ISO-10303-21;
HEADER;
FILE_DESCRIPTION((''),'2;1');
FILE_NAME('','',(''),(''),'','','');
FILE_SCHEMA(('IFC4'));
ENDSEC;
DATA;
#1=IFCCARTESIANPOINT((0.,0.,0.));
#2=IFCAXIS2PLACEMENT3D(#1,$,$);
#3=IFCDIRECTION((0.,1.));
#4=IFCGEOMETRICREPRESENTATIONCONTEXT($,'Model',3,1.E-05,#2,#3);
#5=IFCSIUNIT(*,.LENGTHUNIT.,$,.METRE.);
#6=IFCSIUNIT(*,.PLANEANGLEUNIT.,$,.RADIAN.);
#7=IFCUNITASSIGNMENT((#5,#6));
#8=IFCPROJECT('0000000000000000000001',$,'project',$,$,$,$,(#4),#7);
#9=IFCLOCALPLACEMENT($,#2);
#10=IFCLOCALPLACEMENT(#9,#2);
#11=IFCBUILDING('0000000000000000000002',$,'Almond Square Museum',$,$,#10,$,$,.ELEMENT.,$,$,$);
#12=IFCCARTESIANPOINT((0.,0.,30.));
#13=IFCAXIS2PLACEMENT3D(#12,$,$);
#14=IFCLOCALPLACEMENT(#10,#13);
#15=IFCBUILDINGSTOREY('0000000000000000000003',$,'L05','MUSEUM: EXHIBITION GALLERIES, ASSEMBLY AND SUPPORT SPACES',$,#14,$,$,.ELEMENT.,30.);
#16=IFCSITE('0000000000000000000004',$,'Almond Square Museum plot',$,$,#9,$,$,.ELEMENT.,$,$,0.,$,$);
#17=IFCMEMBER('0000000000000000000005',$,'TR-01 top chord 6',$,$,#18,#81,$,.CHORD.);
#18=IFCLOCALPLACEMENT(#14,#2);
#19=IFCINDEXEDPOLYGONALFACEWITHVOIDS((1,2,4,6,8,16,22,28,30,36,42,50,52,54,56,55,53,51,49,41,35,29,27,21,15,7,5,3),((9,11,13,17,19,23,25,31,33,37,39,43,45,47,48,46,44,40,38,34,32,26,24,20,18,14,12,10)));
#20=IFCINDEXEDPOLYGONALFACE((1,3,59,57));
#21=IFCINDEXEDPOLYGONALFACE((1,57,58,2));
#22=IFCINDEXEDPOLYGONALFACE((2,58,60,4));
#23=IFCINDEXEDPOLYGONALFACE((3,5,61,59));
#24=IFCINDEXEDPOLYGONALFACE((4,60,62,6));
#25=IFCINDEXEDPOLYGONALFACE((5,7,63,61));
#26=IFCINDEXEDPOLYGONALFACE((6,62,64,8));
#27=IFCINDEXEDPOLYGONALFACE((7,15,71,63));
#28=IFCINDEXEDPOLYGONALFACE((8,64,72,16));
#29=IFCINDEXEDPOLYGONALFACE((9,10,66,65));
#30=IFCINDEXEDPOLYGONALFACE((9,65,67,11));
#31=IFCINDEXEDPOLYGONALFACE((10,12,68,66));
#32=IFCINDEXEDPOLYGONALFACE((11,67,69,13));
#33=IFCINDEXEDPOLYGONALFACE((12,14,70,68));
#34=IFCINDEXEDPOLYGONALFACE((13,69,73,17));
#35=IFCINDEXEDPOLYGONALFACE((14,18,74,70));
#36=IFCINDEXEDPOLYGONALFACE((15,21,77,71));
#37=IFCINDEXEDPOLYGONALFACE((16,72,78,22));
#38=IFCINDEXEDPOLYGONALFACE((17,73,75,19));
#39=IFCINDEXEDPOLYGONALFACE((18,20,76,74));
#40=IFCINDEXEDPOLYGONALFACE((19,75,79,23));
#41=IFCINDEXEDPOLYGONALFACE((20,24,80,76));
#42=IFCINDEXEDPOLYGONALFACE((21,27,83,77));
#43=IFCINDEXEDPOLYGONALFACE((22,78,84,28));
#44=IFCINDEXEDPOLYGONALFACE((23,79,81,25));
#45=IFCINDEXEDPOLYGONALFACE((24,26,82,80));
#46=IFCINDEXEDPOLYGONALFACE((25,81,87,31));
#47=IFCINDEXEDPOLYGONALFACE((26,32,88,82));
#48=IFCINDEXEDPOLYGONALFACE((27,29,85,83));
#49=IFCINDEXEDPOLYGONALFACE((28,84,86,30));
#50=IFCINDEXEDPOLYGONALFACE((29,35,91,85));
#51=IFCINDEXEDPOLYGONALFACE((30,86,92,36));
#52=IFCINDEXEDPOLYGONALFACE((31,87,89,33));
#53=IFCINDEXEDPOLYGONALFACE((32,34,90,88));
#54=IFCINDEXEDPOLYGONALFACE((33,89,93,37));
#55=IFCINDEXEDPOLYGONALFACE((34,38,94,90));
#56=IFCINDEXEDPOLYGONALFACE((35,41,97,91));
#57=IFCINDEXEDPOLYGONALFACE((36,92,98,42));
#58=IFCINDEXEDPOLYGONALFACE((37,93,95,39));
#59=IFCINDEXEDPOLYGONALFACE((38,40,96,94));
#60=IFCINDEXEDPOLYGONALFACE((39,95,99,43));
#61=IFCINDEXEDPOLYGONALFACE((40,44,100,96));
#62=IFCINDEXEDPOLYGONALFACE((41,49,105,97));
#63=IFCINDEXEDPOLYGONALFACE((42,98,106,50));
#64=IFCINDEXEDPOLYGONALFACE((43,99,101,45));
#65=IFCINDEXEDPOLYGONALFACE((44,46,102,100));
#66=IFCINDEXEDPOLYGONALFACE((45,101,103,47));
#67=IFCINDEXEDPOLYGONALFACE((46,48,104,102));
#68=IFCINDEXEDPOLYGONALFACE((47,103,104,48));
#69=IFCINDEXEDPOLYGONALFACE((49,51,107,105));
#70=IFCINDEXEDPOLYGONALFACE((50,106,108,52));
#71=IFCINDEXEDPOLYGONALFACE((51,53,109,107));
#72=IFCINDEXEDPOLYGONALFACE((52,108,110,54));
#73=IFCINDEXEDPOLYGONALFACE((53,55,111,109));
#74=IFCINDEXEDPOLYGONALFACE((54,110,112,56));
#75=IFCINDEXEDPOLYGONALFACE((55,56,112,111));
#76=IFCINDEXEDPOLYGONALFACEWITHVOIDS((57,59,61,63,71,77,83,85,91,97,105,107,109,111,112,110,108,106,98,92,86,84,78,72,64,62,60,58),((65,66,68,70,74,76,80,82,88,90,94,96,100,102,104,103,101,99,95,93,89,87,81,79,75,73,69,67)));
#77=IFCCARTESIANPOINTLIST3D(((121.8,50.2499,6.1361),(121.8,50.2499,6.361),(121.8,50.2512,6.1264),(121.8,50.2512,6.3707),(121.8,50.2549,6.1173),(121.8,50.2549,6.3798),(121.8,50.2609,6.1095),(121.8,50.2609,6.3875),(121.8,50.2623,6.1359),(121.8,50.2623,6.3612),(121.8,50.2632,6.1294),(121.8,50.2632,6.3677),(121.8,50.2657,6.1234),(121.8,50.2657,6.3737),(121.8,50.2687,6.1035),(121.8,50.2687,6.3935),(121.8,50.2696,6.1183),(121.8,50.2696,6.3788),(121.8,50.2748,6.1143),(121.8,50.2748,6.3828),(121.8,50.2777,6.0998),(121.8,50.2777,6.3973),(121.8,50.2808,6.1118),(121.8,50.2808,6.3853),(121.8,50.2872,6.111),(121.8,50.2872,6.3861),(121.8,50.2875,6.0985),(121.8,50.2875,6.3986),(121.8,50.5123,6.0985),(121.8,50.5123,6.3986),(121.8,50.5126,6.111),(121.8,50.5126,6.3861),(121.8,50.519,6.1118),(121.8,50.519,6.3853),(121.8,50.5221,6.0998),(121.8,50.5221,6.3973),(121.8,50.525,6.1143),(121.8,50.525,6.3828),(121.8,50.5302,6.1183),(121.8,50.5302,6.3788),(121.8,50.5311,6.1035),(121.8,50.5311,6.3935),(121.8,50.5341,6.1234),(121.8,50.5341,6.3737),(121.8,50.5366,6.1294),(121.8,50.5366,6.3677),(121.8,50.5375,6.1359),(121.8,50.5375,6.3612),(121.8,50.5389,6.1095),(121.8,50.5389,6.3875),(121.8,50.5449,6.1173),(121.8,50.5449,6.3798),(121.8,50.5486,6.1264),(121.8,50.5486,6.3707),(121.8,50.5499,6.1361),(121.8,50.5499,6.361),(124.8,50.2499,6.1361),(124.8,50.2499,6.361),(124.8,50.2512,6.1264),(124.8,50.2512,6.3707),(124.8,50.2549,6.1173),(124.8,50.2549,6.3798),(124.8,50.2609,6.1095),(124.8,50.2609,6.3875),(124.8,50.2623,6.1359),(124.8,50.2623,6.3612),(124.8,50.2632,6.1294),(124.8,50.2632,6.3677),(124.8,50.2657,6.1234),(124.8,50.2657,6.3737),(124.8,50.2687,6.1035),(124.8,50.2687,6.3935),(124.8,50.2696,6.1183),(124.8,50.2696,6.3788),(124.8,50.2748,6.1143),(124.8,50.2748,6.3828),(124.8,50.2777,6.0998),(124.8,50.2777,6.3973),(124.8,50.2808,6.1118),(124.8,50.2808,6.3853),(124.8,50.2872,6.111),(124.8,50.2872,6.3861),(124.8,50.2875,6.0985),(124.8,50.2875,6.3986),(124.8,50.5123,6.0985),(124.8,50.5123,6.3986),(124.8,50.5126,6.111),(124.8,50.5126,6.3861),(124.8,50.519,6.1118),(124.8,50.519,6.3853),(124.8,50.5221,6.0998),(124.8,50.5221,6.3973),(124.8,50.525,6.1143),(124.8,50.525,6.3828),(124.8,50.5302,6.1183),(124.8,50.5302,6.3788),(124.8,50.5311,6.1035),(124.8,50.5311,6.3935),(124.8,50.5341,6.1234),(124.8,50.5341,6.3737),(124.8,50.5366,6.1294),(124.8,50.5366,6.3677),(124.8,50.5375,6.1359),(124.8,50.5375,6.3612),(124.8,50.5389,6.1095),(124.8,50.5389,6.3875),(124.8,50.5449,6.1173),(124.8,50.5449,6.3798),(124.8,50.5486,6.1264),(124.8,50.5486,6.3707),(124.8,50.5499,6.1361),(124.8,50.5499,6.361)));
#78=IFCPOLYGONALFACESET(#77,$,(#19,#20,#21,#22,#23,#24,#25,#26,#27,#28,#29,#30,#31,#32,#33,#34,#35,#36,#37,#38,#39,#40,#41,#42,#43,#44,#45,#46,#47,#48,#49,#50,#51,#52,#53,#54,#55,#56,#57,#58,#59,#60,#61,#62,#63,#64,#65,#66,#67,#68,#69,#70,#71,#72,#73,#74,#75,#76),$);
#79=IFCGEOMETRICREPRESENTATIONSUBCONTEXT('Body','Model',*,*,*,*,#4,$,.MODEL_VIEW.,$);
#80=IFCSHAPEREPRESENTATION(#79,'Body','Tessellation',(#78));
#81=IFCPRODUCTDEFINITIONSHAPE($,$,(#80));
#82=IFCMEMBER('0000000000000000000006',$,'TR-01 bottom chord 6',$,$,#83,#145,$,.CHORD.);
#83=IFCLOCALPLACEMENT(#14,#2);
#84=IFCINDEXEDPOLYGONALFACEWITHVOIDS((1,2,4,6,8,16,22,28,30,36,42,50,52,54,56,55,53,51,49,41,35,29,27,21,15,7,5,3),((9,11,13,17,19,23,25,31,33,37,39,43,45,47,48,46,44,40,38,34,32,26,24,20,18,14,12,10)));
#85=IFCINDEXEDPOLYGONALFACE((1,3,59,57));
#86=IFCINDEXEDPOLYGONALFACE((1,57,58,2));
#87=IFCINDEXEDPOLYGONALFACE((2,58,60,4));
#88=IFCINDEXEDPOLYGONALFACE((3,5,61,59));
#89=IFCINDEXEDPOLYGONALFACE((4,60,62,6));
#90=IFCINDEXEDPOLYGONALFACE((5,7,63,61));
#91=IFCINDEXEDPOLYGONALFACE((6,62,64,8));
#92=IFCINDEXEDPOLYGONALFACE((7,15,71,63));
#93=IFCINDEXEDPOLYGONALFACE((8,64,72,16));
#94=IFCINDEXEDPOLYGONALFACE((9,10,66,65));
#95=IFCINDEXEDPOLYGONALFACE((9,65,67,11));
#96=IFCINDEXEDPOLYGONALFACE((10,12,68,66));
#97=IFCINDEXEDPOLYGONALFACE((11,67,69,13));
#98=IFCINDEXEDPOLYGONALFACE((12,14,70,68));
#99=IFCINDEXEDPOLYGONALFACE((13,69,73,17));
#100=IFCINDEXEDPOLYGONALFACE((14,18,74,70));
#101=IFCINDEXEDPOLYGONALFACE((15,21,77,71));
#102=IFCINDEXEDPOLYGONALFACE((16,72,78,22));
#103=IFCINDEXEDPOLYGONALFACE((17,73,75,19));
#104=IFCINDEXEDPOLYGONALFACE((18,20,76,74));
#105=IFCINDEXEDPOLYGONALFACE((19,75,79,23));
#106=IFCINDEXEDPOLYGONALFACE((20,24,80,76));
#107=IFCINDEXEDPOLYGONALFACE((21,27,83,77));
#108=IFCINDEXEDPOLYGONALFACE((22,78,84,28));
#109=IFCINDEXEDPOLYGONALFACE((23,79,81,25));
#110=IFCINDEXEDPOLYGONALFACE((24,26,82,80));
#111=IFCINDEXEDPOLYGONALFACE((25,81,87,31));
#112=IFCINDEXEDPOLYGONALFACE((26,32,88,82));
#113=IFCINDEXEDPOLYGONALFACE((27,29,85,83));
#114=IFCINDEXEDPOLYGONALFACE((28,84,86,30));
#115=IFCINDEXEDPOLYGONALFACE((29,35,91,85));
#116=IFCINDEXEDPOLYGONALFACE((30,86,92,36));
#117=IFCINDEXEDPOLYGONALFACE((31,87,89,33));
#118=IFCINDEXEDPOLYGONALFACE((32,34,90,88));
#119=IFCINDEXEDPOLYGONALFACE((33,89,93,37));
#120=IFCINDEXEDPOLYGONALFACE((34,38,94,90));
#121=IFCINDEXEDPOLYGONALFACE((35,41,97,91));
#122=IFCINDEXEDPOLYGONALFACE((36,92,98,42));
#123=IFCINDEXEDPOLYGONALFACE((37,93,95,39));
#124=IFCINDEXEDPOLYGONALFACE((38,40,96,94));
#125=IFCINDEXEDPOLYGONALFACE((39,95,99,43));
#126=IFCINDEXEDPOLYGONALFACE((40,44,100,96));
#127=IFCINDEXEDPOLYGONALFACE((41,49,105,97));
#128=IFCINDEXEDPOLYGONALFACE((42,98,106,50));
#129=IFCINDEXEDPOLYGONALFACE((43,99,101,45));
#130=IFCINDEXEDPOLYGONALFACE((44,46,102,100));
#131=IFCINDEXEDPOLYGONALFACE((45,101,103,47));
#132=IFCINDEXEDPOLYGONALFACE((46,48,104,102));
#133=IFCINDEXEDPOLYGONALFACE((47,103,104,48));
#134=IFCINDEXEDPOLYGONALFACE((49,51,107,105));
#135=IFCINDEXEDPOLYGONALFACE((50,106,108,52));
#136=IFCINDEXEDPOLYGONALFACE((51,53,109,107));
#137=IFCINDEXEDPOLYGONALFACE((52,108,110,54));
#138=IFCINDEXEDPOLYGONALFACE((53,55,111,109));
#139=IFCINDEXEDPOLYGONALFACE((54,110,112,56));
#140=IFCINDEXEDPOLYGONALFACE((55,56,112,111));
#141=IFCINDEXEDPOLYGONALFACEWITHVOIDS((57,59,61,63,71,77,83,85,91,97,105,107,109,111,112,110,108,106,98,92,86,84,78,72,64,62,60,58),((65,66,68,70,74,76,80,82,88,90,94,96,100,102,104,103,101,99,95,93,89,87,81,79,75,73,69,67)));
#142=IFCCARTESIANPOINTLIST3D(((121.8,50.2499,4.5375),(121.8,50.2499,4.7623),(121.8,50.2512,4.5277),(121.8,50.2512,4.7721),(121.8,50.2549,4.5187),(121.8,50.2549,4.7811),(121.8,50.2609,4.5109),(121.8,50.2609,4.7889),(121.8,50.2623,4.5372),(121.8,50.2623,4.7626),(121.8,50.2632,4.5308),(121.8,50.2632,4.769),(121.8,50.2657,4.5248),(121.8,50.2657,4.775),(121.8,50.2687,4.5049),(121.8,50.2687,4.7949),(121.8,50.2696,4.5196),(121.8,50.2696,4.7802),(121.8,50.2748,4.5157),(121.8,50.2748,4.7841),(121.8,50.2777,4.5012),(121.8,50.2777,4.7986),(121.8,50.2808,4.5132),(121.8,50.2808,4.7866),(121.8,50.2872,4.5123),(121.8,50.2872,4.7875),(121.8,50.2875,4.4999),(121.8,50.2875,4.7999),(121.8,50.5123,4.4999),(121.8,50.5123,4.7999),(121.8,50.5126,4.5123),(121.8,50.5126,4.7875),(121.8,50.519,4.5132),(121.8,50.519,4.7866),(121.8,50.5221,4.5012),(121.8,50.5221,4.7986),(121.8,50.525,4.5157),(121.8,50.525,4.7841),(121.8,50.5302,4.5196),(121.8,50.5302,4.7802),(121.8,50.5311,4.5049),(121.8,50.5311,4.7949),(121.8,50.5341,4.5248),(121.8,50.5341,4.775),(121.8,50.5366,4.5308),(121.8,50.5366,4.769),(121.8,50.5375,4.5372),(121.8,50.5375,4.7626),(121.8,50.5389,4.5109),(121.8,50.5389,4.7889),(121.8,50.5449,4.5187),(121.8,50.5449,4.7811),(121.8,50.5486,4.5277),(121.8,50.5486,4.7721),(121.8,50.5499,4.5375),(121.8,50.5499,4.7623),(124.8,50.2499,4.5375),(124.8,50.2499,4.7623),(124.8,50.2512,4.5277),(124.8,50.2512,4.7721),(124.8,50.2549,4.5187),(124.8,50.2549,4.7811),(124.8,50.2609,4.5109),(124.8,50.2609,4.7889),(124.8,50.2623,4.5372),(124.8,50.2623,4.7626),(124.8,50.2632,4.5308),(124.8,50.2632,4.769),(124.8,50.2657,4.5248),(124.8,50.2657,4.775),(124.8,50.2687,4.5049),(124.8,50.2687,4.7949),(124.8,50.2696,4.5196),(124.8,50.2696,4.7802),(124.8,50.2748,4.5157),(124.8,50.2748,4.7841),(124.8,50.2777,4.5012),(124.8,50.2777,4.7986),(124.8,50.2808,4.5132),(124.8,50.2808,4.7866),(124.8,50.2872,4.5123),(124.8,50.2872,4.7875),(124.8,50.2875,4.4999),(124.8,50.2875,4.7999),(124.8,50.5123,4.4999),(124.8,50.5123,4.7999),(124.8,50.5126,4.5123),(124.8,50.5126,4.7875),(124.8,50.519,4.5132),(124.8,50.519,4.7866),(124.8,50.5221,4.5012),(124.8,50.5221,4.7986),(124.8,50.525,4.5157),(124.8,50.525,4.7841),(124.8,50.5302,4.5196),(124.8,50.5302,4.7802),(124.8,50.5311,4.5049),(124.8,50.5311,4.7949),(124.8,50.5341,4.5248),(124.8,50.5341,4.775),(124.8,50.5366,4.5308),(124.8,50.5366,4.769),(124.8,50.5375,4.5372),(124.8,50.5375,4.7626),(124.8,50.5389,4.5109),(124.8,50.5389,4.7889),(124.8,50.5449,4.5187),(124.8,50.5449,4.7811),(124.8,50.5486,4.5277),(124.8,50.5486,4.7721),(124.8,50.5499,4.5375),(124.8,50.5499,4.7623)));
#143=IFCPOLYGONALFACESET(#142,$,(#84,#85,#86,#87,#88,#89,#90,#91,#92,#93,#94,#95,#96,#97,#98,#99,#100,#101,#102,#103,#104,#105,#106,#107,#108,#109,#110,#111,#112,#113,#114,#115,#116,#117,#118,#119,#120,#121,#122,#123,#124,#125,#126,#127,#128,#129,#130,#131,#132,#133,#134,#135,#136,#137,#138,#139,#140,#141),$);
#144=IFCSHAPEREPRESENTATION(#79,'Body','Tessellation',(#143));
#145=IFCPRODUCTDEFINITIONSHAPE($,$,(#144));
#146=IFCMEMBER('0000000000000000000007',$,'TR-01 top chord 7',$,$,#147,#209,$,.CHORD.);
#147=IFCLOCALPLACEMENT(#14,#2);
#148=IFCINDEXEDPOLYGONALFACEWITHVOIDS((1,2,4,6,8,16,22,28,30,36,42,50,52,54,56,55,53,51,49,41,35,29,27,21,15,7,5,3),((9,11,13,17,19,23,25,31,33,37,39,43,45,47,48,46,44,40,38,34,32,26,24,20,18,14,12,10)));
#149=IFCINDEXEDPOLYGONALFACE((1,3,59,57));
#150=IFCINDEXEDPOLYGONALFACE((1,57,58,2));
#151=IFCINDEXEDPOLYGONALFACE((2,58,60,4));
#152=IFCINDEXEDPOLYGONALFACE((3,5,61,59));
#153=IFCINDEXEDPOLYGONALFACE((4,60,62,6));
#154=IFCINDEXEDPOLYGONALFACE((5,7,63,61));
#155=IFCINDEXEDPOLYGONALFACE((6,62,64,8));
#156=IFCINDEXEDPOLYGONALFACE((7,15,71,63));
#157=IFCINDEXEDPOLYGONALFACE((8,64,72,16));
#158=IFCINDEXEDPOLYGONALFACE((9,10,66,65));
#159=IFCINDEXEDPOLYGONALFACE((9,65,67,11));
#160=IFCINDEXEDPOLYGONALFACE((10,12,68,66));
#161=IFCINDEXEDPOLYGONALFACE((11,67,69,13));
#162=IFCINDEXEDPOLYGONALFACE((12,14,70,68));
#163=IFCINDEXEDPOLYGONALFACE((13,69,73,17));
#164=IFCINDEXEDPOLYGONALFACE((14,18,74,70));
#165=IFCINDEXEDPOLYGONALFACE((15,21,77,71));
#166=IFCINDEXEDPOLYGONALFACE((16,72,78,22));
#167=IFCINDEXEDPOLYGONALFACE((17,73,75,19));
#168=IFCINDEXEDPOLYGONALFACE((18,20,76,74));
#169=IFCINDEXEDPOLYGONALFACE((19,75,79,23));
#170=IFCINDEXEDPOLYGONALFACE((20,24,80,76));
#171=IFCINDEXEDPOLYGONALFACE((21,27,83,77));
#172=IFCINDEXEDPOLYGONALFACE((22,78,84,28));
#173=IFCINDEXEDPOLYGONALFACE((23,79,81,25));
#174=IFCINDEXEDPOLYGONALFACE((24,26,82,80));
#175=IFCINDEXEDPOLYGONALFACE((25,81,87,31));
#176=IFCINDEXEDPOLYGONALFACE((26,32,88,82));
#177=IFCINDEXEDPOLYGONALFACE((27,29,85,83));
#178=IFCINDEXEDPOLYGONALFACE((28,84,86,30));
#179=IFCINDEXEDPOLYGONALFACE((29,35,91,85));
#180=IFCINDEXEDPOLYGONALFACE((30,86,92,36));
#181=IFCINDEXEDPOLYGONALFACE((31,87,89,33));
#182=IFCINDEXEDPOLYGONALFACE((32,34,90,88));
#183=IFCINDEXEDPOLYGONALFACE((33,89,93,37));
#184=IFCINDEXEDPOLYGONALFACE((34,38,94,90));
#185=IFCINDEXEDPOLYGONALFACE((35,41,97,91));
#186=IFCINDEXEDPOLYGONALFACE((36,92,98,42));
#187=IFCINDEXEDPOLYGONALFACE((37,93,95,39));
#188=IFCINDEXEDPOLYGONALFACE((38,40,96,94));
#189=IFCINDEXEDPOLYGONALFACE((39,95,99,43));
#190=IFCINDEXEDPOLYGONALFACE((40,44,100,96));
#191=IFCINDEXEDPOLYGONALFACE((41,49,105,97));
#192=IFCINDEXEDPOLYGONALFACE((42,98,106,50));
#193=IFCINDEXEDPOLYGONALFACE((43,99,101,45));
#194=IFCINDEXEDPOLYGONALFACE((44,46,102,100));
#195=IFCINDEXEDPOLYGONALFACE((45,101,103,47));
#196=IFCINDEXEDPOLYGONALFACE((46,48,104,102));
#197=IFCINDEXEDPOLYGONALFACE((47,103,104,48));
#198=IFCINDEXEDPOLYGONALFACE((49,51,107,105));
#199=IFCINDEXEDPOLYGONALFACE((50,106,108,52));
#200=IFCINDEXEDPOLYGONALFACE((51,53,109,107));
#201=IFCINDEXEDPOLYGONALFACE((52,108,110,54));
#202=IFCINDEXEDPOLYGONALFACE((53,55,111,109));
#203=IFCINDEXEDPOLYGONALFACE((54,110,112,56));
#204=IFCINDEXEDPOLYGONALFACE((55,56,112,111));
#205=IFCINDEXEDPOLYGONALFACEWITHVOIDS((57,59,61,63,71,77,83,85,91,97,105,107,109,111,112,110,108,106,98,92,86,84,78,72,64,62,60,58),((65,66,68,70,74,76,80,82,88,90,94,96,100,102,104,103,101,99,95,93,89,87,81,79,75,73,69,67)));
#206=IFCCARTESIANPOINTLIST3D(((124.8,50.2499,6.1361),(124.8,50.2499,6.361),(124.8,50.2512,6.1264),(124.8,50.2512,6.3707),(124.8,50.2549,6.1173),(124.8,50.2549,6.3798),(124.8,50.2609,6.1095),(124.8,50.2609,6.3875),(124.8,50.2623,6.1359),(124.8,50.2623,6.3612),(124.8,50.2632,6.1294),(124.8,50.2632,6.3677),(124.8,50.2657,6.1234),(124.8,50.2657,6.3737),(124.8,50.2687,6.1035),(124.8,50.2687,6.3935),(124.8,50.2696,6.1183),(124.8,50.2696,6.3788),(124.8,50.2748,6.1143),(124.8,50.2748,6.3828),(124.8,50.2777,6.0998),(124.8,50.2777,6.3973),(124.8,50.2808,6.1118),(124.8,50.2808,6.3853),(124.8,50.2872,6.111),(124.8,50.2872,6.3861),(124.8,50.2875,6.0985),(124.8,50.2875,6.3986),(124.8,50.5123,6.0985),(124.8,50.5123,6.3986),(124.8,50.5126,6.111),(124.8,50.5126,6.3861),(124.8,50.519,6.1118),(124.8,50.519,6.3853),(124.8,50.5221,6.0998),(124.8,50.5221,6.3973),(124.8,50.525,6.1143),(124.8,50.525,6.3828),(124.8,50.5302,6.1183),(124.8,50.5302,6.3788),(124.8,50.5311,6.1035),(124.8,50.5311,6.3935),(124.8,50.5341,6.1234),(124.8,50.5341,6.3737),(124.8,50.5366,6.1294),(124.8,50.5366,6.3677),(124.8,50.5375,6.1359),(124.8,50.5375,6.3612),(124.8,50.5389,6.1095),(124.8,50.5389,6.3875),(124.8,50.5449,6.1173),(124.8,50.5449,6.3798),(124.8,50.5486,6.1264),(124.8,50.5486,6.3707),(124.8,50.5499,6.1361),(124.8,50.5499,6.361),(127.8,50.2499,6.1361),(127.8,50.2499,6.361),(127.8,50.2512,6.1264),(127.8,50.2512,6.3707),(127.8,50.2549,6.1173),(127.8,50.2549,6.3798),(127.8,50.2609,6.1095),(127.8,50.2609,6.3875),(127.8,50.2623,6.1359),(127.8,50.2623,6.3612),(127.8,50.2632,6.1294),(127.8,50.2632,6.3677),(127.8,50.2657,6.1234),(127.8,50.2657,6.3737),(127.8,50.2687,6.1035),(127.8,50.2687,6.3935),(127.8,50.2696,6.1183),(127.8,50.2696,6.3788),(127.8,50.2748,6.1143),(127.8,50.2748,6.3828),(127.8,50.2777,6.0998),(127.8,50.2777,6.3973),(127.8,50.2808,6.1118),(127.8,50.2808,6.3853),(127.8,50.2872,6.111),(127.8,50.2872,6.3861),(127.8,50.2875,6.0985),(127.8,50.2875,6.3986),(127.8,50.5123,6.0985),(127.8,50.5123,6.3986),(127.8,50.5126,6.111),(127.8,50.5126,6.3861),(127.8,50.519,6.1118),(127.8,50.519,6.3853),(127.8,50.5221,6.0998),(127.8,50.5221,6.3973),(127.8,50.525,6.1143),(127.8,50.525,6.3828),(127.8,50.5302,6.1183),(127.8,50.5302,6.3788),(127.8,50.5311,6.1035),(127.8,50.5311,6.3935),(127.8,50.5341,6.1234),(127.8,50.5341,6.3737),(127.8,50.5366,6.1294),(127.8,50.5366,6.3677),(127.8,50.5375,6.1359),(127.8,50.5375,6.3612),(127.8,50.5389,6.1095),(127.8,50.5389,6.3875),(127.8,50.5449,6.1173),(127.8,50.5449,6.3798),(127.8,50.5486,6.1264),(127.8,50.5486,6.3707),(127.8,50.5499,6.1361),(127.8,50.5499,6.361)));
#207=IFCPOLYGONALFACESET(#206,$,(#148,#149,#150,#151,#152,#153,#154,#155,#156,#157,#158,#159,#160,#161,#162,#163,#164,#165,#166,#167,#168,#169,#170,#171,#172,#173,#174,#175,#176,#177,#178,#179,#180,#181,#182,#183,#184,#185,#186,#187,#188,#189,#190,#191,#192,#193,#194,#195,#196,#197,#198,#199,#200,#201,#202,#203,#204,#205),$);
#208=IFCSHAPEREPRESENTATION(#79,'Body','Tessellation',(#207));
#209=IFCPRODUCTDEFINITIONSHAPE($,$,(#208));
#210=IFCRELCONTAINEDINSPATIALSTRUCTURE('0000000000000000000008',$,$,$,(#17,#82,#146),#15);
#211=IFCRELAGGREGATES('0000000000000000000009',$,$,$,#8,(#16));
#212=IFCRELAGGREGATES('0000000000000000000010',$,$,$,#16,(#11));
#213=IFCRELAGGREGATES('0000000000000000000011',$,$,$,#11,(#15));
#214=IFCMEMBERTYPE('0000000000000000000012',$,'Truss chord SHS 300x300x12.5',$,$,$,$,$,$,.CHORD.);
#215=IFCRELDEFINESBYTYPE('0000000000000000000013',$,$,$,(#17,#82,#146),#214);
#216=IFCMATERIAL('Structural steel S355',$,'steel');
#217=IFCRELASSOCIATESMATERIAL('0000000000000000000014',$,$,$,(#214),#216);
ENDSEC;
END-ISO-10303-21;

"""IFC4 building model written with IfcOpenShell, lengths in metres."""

from ifc_helpers import new_model, si_unit, direction, frame, origin, origin_2d, place, context, subcontext, project, spatial, hollow_rectangle, extrude, material, material_profile, profile_set, type_object, element, save


model = new_model("IFC4")

# Units and contexts
model_context = context("Model", 3, precision=1e-05, world=origin(), true_north=direction((0.0, 1.0)))
body_context = subcontext(model_context, "Body", "Model", "MODEL_VIEW")
ifc_project = project(units=[si_unit("LENGTHUNIT", "METRE"), si_unit("PLANEANGLEUNIT", "RADIAN")], contexts=[model_context])

# Site, building, storey
site_placement = place(None, origin())
site = spatial("IfcSite", under=ifc_project, at=site_placement, Name="Almond Square Museum plot", CompositionType="ELEMENT", RefElevation=0.0)
building_placement = place(site_placement, origin())
building = spatial("IfcBuilding", under=site, at=building_placement, Name="Almond Square Museum", CompositionType="ELEMENT")
storey_placement = place(building_placement, frame((0.0, 0.0, 30.0)))
storey = spatial("IfcBuildingStorey", under=building, at=storey_placement, Name="L05", Description="MUSEUM: EXHIBITION GALLERIES, ASSEMBLY AND SUPPORT SPACES", CompositionType="ELEMENT", Elevation=30.0)

# Members
ifc_material_1 = material(Name="Structural steel S355", Category="steel")
ifc_material_profile_1 = material_profile(ifc_material_1, hollow_rectangle(XDim=0.3, YDim=0.3, WallThickness=0.0125, InnerFilletRadius=0.0249, OuterFilletRadius=0.0376, at=origin_2d()))
ifc_profile_set_1 = profile_set([ifc_material_profile_1], Name="Structural steel S355")
member_type_1 = type_object("IfcMemberType", Name="Truss chord SHS 300x300x12.5", PredefinedType="CHORD", material=ifc_profile_set_1)
for number, where, z_axis, x_axis, name in (
    (1, (121.8, 50.3999, 6.2485), (1.0, 0.0, 0.0), (0.0, 1.0, 0.0), "TR-01 top chord 6"),
    (2, (121.8, 50.3999, 4.6499), (1.0, 0.0, 0.0), (0.0, 1.0, 0.0), "TR-01 bottom chord 6"),
    (3, (124.8, 50.3999, 6.2485), (1.0, 0.0, 0.0), (0.0, 1.0, 0.0), "TR-01 top chord 7"),
):
    element("IfcMember", number, at=place(storey_placement, frame(where, z_axis=z_axis, x_axis=x_axis)), inside=storey, type_object=member_type_1, Name=name, PredefinedType="CHORD", context=body_context, shape_type="SweptSolid", body=[
        extrude(hollow_rectangle(XDim=0.3, YDim=0.3, WallThickness=0.0125, InnerFilletRadius=0.0249, OuterFilletRadius=0.0376, at=origin_2d()), origin(), (0.0, 0.0, 1.0), 3.0),
    ])

save(model, "model.ifc")
